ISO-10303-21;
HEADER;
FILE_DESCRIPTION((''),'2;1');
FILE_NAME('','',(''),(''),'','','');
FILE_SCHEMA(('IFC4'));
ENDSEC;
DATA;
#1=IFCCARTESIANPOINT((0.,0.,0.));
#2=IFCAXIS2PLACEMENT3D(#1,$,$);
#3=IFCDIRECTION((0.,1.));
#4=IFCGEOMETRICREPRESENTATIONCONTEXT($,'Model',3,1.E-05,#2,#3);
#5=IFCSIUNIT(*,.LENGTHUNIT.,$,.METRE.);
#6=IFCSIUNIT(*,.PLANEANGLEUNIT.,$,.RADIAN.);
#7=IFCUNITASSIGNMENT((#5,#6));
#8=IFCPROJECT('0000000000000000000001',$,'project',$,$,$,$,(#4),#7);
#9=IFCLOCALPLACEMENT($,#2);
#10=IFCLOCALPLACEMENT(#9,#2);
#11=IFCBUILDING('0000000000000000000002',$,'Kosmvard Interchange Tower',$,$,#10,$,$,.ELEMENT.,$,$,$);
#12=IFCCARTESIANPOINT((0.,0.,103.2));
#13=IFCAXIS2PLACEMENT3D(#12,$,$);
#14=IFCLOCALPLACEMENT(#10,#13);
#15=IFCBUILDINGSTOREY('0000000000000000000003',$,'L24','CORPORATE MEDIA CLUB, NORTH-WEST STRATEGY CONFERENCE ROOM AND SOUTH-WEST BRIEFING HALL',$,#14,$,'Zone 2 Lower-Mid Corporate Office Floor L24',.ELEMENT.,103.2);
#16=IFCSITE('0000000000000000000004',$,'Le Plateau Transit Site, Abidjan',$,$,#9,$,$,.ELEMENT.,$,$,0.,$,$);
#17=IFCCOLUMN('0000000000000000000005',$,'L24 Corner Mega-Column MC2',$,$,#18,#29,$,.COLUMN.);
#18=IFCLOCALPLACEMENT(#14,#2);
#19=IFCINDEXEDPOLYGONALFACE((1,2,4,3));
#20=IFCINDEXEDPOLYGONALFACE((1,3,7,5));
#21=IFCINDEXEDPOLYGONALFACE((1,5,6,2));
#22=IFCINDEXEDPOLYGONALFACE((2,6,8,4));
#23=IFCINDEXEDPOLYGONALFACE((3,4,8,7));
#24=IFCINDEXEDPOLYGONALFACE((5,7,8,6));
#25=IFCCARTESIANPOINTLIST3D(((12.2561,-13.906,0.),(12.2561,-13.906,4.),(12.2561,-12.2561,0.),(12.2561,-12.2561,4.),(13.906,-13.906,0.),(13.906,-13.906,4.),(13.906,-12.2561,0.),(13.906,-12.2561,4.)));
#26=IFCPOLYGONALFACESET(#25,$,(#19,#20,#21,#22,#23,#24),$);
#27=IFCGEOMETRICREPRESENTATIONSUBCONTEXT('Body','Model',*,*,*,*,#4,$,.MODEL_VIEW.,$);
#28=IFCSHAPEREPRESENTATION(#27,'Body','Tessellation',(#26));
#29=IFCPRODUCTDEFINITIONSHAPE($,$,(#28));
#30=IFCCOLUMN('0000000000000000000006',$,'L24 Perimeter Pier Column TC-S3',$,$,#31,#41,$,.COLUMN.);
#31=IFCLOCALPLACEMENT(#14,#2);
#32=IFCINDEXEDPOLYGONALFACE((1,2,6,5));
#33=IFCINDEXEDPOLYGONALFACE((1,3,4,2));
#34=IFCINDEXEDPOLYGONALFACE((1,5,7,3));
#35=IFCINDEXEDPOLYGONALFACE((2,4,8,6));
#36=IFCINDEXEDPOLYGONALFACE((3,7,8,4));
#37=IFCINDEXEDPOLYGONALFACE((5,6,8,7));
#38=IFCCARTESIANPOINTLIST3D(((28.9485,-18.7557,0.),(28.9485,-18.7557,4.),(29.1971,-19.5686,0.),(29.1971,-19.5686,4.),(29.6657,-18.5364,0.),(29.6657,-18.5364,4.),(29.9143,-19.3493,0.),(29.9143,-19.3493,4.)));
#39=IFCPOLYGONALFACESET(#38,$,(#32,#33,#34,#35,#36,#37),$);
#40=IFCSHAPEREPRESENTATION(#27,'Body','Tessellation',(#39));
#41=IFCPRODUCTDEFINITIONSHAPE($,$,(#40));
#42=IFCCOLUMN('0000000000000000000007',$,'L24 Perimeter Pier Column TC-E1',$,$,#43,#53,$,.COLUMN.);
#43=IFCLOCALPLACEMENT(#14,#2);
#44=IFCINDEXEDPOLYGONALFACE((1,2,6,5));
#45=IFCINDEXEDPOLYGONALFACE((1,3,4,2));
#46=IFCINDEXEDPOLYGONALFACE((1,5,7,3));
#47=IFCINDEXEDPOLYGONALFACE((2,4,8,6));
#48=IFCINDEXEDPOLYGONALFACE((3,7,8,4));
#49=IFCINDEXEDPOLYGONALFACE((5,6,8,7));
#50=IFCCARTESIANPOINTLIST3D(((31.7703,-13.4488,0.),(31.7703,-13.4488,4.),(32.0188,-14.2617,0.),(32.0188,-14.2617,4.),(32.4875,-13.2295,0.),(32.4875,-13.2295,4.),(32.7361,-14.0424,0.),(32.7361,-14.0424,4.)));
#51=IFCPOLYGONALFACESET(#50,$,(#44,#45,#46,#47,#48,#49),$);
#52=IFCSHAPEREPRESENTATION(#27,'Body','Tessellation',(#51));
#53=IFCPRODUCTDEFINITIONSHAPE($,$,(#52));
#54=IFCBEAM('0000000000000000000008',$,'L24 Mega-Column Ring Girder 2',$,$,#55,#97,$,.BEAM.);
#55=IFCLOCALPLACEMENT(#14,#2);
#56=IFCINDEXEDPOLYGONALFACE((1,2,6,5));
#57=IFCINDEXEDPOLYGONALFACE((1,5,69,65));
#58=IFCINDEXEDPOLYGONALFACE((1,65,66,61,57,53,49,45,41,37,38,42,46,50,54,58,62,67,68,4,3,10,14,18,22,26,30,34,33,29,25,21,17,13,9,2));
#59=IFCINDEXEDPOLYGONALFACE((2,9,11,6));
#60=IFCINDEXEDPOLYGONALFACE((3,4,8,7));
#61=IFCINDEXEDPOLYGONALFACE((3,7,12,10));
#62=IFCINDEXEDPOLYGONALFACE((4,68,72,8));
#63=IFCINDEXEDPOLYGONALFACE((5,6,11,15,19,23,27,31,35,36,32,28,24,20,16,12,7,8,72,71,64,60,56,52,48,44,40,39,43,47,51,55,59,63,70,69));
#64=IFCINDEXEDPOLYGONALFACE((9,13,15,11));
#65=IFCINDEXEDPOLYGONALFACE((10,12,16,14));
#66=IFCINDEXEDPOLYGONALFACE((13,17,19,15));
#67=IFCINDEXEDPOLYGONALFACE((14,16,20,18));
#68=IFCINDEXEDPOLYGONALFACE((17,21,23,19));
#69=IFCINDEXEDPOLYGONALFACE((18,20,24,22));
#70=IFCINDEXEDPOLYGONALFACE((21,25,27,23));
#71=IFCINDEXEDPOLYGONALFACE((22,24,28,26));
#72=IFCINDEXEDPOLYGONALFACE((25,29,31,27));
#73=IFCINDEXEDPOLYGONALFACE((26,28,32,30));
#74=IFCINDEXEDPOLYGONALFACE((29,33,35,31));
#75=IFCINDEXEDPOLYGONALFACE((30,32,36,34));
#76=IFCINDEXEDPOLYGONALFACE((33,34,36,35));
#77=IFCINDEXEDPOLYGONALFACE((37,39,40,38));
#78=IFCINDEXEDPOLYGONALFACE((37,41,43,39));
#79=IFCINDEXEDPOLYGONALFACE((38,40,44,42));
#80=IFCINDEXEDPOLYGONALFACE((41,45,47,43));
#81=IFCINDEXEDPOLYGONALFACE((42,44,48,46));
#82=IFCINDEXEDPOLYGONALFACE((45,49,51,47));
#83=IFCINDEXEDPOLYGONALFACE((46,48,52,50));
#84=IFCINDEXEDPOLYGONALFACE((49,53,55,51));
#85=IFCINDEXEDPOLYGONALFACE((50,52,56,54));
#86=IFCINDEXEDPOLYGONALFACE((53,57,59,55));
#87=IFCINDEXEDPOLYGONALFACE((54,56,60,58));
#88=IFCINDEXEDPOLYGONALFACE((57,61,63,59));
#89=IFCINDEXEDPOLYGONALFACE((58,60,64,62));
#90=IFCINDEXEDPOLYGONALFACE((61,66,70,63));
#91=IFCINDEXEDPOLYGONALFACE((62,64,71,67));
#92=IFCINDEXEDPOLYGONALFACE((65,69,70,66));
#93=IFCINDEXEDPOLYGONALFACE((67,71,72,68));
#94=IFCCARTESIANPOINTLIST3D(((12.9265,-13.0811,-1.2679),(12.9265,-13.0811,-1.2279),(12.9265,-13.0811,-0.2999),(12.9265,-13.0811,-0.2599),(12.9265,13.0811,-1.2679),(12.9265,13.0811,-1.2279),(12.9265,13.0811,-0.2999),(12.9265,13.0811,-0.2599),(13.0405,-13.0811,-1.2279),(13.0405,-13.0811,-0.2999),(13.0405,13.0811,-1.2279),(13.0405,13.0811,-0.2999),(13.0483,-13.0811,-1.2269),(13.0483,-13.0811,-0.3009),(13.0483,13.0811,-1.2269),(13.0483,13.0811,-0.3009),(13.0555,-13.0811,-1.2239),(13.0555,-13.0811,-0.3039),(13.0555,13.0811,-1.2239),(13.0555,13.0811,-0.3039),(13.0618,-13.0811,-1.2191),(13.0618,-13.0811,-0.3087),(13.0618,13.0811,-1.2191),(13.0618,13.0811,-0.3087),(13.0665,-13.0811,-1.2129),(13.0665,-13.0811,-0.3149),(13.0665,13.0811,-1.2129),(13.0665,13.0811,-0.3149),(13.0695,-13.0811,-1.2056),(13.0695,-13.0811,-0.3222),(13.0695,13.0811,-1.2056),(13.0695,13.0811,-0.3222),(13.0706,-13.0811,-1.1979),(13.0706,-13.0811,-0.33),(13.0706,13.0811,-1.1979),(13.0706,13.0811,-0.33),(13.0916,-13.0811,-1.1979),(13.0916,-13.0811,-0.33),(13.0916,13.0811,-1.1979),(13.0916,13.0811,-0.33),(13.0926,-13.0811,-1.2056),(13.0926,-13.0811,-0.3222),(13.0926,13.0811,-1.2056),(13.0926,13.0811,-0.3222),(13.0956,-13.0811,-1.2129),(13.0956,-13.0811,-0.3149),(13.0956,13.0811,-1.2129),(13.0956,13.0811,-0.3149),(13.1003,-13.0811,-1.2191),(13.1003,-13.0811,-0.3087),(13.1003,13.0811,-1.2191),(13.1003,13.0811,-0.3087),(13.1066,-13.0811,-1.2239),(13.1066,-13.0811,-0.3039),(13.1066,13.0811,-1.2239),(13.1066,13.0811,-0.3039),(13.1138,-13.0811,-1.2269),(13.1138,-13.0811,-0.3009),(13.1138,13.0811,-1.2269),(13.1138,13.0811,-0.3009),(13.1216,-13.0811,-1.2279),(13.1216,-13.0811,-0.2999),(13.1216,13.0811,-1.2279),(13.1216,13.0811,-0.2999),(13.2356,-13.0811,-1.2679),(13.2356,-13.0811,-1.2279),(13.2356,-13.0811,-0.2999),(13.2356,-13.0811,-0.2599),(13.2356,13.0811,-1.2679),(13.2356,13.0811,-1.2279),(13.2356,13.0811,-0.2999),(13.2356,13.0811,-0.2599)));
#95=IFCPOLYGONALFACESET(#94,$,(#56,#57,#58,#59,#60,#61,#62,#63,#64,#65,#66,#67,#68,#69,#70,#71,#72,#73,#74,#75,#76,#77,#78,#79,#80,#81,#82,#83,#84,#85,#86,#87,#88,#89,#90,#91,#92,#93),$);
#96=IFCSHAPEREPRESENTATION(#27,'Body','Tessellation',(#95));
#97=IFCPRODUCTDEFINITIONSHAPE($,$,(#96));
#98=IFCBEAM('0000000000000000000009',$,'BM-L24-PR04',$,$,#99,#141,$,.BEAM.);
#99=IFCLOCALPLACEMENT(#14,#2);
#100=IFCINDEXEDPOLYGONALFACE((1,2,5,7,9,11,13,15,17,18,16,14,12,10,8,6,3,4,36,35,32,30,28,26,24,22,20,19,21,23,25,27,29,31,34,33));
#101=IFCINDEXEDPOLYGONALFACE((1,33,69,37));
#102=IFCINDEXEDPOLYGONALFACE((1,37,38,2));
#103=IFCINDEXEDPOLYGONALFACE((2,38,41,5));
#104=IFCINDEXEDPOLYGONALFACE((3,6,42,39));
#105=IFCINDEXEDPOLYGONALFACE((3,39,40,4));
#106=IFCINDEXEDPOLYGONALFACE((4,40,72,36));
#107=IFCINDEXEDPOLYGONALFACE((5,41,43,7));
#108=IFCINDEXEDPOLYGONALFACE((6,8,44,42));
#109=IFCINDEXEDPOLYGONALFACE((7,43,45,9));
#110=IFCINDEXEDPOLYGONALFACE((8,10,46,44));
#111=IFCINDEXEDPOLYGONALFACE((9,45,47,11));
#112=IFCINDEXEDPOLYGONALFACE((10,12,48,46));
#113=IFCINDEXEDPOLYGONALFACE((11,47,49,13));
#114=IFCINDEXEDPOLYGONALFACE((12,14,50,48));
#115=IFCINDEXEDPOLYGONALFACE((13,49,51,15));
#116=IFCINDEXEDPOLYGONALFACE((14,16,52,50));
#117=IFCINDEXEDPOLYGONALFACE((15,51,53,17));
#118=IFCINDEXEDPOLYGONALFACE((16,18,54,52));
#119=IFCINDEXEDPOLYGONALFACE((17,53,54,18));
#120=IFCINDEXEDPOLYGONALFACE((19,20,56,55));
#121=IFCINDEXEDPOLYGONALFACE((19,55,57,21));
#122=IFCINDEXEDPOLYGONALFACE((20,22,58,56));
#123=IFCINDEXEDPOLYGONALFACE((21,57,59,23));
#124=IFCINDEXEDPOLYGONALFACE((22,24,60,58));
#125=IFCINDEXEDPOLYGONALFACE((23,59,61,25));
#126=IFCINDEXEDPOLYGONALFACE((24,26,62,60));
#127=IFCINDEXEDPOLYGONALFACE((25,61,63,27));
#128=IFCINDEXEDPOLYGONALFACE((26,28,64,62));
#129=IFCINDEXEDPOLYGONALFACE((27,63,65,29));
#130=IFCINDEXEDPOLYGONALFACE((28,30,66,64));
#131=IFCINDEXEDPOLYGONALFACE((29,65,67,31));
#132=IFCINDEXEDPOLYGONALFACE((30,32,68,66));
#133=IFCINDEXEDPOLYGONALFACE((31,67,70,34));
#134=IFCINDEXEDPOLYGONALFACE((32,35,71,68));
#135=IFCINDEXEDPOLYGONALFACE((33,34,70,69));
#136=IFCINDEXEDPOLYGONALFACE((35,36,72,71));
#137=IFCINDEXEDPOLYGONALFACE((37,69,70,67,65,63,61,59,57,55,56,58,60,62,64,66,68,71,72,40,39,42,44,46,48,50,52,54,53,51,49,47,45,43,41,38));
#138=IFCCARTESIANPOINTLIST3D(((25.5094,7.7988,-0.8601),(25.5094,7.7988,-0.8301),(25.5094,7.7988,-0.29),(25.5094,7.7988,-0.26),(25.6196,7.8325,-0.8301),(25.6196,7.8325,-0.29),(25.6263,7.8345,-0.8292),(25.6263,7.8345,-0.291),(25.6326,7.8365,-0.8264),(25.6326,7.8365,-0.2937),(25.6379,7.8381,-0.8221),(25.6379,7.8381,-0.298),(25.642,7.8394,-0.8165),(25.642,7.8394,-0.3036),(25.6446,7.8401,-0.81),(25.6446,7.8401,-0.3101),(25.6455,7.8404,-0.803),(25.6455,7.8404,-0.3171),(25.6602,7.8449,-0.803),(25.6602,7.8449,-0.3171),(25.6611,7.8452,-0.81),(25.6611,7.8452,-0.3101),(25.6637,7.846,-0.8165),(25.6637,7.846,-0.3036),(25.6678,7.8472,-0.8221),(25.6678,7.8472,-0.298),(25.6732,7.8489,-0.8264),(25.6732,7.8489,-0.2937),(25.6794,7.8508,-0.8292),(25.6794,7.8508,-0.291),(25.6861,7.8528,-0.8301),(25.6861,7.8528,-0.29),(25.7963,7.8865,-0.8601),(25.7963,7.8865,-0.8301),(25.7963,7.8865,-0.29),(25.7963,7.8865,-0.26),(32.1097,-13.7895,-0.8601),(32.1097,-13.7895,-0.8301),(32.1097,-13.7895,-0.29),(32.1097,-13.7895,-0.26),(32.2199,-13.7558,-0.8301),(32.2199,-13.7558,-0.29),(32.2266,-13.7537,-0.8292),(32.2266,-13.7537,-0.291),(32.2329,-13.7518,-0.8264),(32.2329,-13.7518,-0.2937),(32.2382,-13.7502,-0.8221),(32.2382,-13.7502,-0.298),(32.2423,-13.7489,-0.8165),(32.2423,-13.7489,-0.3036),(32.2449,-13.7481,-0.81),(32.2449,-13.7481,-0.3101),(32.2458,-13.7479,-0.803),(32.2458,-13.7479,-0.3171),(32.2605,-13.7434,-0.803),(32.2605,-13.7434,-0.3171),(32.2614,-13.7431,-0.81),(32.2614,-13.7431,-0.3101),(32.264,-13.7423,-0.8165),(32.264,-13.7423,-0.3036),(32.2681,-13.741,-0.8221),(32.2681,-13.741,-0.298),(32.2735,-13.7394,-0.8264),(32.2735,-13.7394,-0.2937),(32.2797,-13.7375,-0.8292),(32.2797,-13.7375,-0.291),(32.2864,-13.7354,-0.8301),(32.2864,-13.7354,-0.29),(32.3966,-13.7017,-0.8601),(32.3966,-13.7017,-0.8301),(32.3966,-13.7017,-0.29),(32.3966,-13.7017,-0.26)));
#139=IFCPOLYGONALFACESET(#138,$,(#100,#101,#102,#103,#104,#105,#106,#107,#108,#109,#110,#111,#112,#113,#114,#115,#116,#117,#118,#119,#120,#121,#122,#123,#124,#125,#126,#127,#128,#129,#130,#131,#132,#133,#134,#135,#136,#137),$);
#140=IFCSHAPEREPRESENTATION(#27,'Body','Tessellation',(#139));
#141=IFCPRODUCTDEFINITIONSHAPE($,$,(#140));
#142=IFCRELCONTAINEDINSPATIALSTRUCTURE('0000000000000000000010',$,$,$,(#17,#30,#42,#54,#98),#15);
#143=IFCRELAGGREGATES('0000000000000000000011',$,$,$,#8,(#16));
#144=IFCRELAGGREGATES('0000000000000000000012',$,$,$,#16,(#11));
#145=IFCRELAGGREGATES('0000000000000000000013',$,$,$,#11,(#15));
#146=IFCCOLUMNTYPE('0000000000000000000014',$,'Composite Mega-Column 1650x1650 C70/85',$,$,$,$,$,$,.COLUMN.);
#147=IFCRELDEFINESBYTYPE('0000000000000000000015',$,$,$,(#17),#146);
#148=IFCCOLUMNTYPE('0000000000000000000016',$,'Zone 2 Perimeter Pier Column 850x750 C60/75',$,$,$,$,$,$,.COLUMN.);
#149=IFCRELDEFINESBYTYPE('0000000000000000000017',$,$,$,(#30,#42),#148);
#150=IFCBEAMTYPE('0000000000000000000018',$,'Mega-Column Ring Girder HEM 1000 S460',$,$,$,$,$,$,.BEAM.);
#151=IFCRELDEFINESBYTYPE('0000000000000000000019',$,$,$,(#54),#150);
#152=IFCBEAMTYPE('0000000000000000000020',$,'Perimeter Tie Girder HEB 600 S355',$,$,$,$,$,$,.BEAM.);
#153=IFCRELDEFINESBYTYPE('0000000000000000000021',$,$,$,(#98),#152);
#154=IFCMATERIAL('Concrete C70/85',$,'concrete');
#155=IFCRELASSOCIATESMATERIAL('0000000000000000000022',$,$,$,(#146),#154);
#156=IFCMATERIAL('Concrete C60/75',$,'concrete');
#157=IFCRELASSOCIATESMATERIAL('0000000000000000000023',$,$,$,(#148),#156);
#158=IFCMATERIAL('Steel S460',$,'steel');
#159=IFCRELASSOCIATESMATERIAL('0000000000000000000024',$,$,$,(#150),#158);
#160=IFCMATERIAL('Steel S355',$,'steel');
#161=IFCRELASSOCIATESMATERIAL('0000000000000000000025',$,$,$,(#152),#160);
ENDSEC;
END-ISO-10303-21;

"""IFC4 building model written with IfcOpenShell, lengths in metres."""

from ifc_helpers import new_model, si_unit, direction, frame, origin, origin_2d, place, context, subcontext, project, spatial, rectangle, i_section, extrude, source, transform, mapped, material, material_profile, profile_set, type_object, element, save


model = new_model("IFC4")

# Units and contexts
model_context = context("Model", 3, precision=1e-05, world=origin(), true_north=direction((0.0, 1.0)))
body_context = subcontext(model_context, "Body", "Model", "MODEL_VIEW")
ifc_project = project(units=[si_unit("LENGTHUNIT", "METRE"), si_unit("PLANEANGLEUNIT", "RADIAN")], contexts=[model_context])

# Site, building, storey
site_placement = place(None, origin())
site = spatial("IfcSite", under=ifc_project, at=site_placement, Name="Le Plateau Transit Site, Abidjan", CompositionType="ELEMENT", RefElevation=0.0)
building_placement = place(site_placement, origin())
building = spatial("IfcBuilding", under=site, at=building_placement, Name="Kosmvard Interchange Tower", CompositionType="ELEMENT")
storey_placement = place(building_placement, frame((0.0, 0.0, 103.2)))
storey = spatial("IfcBuildingStorey", under=building, at=storey_placement, Name="L24", Description="CORPORATE MEDIA CLUB, NORTH-WEST STRATEGY CONFERENCE ROOM AND SOUTH-WEST BRIEFING HALL", LongName="Zone 2 Lower-Mid Corporate Office Floor L24", CompositionType="ELEMENT", Elevation=103.2)

# Columns
ifc_material_1 = material(Name="Concrete C70/85", Category="concrete")
ifc_material_profile_1 = material_profile(ifc_material_1, rectangle(XDim=1.6499, YDim=1.6499, at=origin_2d()), Name="MC 1650x1650")
ifc_profile_set_1 = profile_set([ifc_material_profile_1], Name="Concrete C70/85")
column_type_1 = type_object("IfcColumnType", Name="Composite Mega-Column 1650x1650 C70/85", PredefinedType="COLUMN", material=ifc_profile_set_1)
shared_shape_1 = source(origin(), body_context, "Body", "SweptSolid", [
    extrude(rectangle(XDim=1.6499, YDim=1.6499, at=origin_2d()), origin(), (0.0, 0.0, 1.0), 4.0),
])
column_placement = place(storey_placement, frame((13.0811, -13.0811, 0.0), z_axis=(0.0, 0.0, 1.0), x_axis=(1.0, 0.0, 0.0)))
element("IfcColumn", 1, at=column_placement, inside=storey, type_object=column_type_1, Name="L24 Corner Mega-Column MC2", PredefinedType="COLUMN", context=body_context, shape_type="MappedRepresentation", body=[
    mapped(shared_shape_1, transform((0.0, 0.0, 0.0), scale=1.0)),
])
ifc_material_2 = material(Name="Concrete C60/75", Category="concrete")
ifc_material_profile_2 = material_profile(ifc_material_2, rectangle(XDim=0.75, YDim=0.8501, at=origin_2d()), Name="TC 850x750")
ifc_profile_set_2 = profile_set([ifc_material_profile_2], Name="Concrete C60/75")
column_type_2 = type_object("IfcColumnType", Name="Zone 2 Perimeter Pier Column 850x750 C60/75", PredefinedType="COLUMN", material=ifc_profile_set_2)
shared_shape_2 = source(origin(), body_context, "Body", "SweptSolid", [
    extrude(rectangle(XDim=0.75, YDim=0.8501, at=origin_2d()), origin(), (0.0, 0.0, 1.0), 4.0),
])
for number, where, z_axis, x_axis, name in (
    (2, (29.4314, -19.0525, 0.0), (0.0, 0.0, 1.0), (0.956305, 0.292372, 0.0), "L24 Perimeter Pier Column TC-S3"),
    (3, (32.2532, -13.7456, 0.0), (0.0, 0.0, 1.0), (0.956305, 0.292372, 0.0), "L24 Perimeter Pier Column TC-E1"),
):
    element("IfcColumn", number, at=place(storey_placement, frame(where, z_axis=z_axis, x_axis=x_axis)), inside=storey, type_object=column_type_2, Name=name, PredefinedType="COLUMN", context=body_context, shape_type="MappedRepresentation", body=[
        mapped(shared_shape_2, transform((0.0, 0.0, 0.0), scale=1.0)),
    ])

# Beams
ifc_material_3 = material(Name="Steel S460", Category="steel")
ifc_material_profile_3 = material_profile(ifc_material_3, i_section(OverallWidth=0.3091, OverallDepth=1.0081, WebThickness=0.021, FlangeThickness=0.04, FilletRadius=0.03, at=origin_2d()), Name="HEM 1000")
ifc_profile_set_3 = profile_set([ifc_material_profile_3], Name="Steel S460")
beam_type_1 = type_object("IfcBeamType", Name="Mega-Column Ring Girder HEM 1000 S460", PredefinedType="BEAM", material=ifc_profile_set_3)
shared_shape_3 = source(origin(), body_context, "Body", "SweptSolid", [
    extrude(i_section(OverallWidth=0.3091, OverallDepth=1.0081, WebThickness=0.021, FlangeThickness=0.04, FilletRadius=0.03, at=origin_2d()), origin(), (0.0, 0.0, 1.0), 26.1621),
])
beam_1_placement = place(storey_placement, frame((13.0811, -13.0811, -0.7639), z_axis=(0.0, 1.0, 0.0), x_axis=(-1.0, 0.0, 0.0)))
element("IfcBeam", 4, at=beam_1_placement, inside=storey, type_object=beam_type_1, Name="L24 Mega-Column Ring Girder 2", PredefinedType="BEAM", context=body_context, shape_type="MappedRepresentation", body=[
    mapped(shared_shape_3, transform((0.0, 0.0, 0.0), scale=1.0)),
])
ifc_material_4 = material(Name="Steel S355", Category="steel")
ifc_material_profile_4 = material_profile(ifc_material_4, i_section(OverallWidth=0.3, OverallDepth=0.6001, WebThickness=0.0154, FlangeThickness=0.03, FilletRadius=0.0271, at=origin_2d()), Name="HEB 600")
ifc_profile_set_4 = profile_set([ifc_material_profile_4], Name="Steel S355")
beam_type_2 = type_object("IfcBeamType", Name="Perimeter Tie Girder HEB 600 S355", PredefinedType="BEAM", material=ifc_profile_set_4)
shared_shape_4 = source(origin(), body_context, "Body", "SweptSolid", [
    extrude(i_section(OverallWidth=0.3, OverallDepth=0.6001, WebThickness=0.0154, FlangeThickness=0.03, FilletRadius=0.0271, at=origin_2d()), origin(), (0.0, 0.0, 1.0), 22.5747),
])
beam_2_placement = place(storey_placement, frame((32.2532, -13.7456, -0.5601), z_axis=(-0.292376, 0.956303, 0.0), x_axis=(-0.956303, -0.292376, 0.0)))
element("IfcBeam", 5, at=beam_2_placement, inside=storey, type_object=beam_type_2, Name="BM-L24-PR04", PredefinedType="BEAM", context=body_context, shape_type="MappedRepresentation", body=[
    mapped(shared_shape_4, transform((0.0, 0.0, 0.0), scale=1.0)),
])

save(model, "model.ifc")
